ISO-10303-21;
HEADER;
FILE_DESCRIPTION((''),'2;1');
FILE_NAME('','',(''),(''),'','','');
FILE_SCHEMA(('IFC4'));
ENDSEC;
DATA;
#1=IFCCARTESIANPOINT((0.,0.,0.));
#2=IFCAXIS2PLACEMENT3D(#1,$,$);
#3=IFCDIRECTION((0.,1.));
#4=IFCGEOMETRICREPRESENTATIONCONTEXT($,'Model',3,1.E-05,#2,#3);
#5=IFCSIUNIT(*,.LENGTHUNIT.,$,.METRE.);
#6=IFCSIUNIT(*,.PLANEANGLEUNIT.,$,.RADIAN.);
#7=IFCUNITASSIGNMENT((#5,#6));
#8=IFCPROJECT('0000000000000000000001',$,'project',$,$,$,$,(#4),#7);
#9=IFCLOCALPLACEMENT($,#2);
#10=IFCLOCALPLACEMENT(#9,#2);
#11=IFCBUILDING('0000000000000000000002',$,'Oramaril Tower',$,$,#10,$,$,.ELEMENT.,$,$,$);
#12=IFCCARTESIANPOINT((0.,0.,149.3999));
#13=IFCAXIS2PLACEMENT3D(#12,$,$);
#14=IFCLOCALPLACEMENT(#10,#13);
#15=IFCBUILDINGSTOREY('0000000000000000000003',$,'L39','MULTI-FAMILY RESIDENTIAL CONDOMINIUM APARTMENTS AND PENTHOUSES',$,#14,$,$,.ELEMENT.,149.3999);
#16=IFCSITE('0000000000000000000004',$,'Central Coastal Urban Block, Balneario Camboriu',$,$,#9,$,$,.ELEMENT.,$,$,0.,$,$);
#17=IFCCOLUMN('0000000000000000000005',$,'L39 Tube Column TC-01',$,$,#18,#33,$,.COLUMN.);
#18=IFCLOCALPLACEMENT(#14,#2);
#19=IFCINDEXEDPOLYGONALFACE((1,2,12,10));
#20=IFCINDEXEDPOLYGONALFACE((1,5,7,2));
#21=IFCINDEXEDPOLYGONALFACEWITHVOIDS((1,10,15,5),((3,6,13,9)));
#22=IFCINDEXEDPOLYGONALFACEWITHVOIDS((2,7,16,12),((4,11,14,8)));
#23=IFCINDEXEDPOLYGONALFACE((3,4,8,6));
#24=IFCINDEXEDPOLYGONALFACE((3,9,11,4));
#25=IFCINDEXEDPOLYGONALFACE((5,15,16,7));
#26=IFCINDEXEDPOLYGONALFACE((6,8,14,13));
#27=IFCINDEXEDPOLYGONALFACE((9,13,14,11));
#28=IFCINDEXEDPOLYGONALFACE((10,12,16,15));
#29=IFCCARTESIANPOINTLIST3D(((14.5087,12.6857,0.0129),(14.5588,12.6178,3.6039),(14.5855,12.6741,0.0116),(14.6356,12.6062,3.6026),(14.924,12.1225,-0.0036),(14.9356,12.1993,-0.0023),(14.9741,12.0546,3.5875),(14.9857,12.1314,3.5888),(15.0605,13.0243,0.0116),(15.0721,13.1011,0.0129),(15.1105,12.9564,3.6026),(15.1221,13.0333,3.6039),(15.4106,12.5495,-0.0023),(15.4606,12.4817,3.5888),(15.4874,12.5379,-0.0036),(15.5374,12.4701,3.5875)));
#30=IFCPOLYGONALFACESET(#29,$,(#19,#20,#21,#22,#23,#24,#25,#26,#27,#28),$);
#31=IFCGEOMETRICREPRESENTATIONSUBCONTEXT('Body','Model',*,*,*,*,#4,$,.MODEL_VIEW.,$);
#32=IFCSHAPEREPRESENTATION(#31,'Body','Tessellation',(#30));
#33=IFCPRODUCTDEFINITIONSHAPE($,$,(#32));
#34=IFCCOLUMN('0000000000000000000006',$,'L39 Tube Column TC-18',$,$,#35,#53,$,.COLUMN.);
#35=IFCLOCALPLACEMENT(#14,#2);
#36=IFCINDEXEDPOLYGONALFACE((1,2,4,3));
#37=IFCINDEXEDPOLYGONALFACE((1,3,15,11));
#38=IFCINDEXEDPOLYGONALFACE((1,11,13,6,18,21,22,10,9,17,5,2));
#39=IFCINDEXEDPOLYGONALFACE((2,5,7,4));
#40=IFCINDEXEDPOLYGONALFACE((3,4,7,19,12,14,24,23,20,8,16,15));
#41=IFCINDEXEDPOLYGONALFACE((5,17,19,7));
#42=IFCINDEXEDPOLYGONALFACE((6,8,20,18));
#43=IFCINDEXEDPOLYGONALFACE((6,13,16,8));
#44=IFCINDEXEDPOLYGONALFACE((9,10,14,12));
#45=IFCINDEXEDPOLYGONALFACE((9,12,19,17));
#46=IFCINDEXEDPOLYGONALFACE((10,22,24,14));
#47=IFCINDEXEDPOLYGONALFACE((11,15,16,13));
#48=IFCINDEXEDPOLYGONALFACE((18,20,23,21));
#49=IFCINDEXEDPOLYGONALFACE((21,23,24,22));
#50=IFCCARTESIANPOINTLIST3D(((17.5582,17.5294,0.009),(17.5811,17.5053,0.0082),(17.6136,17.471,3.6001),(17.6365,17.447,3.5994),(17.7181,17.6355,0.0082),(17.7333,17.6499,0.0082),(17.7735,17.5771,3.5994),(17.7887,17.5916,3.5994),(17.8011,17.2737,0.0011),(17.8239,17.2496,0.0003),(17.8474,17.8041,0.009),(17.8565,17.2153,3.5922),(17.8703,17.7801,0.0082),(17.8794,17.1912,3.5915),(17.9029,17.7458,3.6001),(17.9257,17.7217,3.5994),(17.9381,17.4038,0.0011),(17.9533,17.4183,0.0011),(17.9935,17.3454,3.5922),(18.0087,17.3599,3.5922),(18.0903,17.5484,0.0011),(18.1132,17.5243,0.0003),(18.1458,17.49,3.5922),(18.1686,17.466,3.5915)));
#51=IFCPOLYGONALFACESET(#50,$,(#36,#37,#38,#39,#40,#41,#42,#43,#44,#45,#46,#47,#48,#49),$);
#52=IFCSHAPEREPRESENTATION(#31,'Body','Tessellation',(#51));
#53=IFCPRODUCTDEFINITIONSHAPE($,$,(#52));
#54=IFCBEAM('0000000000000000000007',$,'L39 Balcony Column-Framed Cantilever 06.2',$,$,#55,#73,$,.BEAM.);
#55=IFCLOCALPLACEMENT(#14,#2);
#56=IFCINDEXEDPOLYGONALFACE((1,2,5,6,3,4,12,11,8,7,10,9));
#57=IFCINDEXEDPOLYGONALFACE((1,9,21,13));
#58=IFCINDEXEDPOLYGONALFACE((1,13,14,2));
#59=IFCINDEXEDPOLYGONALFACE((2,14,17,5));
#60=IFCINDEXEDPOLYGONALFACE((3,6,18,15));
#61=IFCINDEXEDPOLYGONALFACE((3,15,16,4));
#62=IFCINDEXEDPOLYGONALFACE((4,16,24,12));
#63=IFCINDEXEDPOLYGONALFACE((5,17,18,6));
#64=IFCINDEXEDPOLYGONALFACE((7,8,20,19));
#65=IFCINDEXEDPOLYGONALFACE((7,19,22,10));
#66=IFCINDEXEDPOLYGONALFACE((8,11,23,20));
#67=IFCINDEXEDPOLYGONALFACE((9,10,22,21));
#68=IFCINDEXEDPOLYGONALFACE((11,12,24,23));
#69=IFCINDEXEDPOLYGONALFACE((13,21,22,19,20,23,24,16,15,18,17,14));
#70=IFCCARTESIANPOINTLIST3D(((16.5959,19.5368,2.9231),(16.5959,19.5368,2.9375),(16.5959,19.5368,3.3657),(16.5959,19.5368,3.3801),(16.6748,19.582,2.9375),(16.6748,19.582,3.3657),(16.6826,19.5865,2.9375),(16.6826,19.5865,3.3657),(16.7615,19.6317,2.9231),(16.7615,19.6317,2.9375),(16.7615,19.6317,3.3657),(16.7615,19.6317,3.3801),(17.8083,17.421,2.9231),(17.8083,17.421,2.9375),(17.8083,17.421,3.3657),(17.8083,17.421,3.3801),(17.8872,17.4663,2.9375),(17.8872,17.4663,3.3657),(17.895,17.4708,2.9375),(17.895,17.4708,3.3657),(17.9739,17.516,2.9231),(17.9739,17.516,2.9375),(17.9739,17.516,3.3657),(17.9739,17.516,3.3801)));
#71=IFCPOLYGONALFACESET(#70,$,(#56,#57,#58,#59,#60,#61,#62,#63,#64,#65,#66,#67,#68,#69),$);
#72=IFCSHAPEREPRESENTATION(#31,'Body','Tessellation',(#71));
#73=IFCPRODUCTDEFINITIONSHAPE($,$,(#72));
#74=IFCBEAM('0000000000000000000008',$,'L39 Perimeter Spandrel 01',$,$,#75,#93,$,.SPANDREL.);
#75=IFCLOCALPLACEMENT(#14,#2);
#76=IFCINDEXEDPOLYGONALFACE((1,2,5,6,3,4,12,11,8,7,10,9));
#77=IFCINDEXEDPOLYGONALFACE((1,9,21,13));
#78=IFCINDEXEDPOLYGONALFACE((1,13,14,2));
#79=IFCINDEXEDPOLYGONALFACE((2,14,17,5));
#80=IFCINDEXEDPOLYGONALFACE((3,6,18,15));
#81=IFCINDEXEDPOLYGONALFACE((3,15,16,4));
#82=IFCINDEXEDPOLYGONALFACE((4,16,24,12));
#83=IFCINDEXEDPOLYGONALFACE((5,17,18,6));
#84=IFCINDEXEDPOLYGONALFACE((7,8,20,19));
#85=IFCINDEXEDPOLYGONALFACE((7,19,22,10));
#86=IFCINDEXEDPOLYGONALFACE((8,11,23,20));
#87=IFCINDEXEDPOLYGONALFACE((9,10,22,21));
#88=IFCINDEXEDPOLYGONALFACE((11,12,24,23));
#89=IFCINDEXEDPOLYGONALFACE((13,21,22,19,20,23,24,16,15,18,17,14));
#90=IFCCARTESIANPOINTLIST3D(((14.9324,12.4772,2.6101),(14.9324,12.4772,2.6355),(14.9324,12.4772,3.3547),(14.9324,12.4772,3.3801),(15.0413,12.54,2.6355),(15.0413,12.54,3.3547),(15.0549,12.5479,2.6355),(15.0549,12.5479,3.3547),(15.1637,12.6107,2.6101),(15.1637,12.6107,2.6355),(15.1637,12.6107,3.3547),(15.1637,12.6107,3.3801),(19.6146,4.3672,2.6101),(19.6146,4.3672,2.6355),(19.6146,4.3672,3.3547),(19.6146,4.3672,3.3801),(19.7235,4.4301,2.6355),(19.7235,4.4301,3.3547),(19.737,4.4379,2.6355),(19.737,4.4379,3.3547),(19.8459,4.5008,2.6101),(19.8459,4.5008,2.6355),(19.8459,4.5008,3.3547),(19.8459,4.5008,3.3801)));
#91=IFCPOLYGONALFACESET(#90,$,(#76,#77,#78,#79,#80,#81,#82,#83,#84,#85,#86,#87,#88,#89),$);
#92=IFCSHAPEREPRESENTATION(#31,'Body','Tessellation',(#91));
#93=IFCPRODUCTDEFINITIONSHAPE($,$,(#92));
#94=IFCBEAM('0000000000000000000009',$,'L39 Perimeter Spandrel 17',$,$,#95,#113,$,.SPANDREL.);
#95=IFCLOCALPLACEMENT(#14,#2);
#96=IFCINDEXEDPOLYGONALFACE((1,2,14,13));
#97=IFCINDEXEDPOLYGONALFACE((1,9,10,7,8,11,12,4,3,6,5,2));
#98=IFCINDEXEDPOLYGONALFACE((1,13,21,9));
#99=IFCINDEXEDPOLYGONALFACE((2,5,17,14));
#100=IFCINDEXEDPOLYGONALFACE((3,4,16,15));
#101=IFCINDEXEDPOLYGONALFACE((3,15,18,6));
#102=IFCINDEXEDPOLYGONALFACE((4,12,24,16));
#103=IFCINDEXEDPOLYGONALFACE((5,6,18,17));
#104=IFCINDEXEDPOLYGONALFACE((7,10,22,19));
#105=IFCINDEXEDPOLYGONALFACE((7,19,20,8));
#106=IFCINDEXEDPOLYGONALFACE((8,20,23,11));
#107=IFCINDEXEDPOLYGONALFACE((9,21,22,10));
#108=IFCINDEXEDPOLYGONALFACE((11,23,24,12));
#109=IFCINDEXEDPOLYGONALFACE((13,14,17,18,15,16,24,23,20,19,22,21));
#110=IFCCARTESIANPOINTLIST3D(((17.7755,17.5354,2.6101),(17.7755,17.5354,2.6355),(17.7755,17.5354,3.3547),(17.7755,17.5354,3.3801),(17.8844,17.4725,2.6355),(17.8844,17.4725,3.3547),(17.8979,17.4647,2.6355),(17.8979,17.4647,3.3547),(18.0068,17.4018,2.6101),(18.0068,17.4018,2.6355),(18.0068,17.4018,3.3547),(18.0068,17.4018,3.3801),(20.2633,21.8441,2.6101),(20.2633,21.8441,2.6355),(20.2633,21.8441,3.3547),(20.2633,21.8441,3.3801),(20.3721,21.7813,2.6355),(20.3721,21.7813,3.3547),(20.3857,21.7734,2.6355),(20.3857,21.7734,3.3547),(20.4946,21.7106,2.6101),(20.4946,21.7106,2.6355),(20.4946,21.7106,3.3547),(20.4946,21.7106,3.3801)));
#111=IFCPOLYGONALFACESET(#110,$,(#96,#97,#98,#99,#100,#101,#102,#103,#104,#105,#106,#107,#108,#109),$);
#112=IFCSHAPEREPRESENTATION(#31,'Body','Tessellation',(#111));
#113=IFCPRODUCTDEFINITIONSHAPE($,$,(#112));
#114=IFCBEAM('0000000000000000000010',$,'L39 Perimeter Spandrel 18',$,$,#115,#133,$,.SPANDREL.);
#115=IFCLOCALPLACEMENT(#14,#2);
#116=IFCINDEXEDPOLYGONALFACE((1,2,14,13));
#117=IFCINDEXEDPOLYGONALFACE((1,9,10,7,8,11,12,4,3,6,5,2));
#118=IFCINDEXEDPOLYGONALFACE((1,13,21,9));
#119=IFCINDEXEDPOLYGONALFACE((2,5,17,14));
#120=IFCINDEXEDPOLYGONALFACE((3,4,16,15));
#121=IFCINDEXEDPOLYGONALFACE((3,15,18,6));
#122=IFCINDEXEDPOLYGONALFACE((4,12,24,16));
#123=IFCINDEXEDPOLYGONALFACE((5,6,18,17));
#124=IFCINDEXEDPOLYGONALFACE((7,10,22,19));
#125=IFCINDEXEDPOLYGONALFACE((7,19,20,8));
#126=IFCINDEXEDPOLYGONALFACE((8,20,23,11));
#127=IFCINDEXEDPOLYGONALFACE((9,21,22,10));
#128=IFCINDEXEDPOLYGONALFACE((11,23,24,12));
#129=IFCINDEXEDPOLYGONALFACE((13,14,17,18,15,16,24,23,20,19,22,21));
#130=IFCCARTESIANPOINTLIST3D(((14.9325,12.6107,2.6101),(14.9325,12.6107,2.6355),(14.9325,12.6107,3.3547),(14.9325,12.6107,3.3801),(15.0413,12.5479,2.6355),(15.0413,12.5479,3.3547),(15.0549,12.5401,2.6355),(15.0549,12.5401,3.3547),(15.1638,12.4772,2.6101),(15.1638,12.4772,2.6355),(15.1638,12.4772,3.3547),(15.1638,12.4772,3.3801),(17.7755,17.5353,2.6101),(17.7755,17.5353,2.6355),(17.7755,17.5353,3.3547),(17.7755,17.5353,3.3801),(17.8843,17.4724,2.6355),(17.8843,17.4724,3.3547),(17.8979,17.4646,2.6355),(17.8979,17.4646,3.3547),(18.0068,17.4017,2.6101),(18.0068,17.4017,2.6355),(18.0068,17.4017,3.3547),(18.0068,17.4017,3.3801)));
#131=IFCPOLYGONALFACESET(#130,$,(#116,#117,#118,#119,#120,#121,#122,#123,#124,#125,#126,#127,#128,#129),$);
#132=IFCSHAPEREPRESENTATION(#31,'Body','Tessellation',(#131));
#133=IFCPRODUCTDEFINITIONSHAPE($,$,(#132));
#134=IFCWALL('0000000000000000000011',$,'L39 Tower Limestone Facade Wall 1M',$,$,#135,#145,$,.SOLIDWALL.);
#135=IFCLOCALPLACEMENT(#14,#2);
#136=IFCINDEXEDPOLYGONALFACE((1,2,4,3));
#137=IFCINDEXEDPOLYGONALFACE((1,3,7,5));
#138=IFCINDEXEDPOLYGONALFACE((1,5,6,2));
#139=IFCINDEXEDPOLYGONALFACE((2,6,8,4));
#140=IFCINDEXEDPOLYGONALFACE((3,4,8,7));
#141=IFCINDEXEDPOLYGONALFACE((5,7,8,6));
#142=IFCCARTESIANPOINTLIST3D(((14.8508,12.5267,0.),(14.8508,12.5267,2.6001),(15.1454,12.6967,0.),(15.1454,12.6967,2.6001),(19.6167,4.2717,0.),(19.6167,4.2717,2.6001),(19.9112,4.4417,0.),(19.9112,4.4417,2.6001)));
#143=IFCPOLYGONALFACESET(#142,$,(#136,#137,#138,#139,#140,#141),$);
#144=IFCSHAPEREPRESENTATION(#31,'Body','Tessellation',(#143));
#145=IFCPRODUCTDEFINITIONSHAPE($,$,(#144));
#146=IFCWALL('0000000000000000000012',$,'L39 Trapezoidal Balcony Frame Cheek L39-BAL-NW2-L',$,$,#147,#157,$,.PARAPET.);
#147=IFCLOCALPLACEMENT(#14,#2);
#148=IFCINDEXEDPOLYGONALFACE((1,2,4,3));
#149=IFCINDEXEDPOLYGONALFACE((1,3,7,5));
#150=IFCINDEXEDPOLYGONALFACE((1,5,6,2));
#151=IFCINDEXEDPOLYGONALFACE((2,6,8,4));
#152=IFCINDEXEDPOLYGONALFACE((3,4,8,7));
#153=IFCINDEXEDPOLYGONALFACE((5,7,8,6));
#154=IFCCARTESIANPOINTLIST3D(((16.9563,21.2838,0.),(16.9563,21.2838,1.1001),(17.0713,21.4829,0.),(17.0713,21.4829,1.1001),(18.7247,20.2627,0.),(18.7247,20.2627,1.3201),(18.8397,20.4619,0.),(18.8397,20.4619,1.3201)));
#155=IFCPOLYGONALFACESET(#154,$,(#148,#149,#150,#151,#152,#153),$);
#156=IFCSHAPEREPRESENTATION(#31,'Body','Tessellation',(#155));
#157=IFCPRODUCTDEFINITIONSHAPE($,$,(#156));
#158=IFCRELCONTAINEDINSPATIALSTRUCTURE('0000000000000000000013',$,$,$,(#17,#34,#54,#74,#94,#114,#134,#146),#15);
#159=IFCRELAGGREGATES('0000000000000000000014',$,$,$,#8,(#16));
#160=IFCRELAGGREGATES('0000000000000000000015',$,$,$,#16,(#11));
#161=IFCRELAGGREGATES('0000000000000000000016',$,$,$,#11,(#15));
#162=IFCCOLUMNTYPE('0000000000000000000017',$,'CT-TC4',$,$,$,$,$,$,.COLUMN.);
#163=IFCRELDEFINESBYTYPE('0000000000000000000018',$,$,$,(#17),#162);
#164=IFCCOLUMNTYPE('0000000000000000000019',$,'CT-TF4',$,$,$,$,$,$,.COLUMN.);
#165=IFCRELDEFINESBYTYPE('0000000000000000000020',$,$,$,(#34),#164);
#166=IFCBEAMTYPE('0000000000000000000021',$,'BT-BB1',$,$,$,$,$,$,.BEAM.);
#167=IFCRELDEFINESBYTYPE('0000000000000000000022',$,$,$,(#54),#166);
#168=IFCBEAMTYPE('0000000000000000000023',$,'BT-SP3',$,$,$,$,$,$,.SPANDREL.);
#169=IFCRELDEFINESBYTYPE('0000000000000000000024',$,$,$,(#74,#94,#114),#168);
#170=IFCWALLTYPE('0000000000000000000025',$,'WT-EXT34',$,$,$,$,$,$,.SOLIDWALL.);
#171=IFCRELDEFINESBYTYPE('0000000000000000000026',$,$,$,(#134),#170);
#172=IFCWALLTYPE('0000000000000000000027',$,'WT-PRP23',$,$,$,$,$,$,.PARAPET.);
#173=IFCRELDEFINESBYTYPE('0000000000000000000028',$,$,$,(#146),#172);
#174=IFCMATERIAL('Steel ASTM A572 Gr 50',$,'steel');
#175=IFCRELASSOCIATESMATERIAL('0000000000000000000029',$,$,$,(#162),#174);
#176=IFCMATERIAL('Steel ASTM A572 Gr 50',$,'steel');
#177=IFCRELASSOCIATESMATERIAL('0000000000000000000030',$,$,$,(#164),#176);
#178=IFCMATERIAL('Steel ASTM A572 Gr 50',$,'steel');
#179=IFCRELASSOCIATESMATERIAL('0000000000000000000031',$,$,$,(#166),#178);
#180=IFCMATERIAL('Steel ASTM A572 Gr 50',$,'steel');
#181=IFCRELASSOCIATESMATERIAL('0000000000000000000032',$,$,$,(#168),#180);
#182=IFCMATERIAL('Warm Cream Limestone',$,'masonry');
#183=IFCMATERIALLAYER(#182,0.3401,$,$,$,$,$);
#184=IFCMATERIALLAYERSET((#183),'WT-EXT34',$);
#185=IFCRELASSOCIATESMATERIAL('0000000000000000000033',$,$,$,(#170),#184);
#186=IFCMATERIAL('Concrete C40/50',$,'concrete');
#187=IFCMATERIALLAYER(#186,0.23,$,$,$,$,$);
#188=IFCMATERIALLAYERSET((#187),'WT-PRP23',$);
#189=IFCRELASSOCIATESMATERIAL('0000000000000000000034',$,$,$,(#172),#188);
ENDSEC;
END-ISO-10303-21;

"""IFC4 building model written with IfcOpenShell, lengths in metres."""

from ifc_helpers import new_model, si_unit, direction, frame, frame_2d, origin, origin_2d, place, context, subcontext, project, spatial, polyline, rectangle, hollow_rectangle, i_section, outline, extrude, material, layer, layer_set, material_profile, profile_set, type_object, element, save


model = new_model("IFC4")

# Units and contexts
model_context = context("Model", 3, precision=1e-05, world=origin(), true_north=direction((0.0, 1.0)))
body_context = subcontext(model_context, "Body", "Model", "MODEL_VIEW")
ifc_project = project(units=[si_unit("LENGTHUNIT", "METRE"), si_unit("PLANEANGLEUNIT", "RADIAN")], contexts=[model_context])

# Site, building, storey
site_placement = place(None, origin())
site = spatial("IfcSite", under=ifc_project, at=site_placement, Name="Central Coastal Urban Block, Balneario Camboriu", CompositionType="ELEMENT", RefElevation=0.0)
building_placement = place(site_placement, origin())
building = spatial("IfcBuilding", under=site, at=building_placement, Name="Oramaril Tower", CompositionType="ELEMENT")
storey_placement = place(building_placement, frame((0.0, 0.0, 149.3999)))
storey = spatial("IfcBuildingStorey", under=building, at=storey_placement, Name="L39", Description="MULTI-FAMILY RESIDENTIAL CONDOMINIUM APARTMENTS AND PENTHOUSES", CompositionType="ELEMENT", Elevation=149.3999)

# Columns
ifc_material_1 = material(Name="Steel ASTM A572 Gr 50", Category="steel")
ifc_material_profile_1 = material_profile(ifc_material_1, hollow_rectangle(XDim=0.7, YDim=0.7, WallThickness=0.0549, at=origin_2d()), Name="BOX700X700X55")
ifc_profile_set_1 = profile_set([ifc_material_profile_1], Name="Steel ASTM A572 Gr 50")
column_type_1 = type_object("IfcColumnType", Name="CT-TC4", PredefinedType="COLUMN", material=ifc_profile_set_1)
column_1_placement = place(storey_placement, frame((14.998, 12.6118, 0.0046), z_axis=(0.013933, -0.018895, 0.999724), x_axis=(0.804837, 0.593495, 0.0)))
element("IfcColumn", 1, at=column_1_placement, inside=storey, type_object=column_type_1, Name="L39 Tube Column TC-01", PredefinedType="COLUMN", context=body_context, shape_type="SweptSolid", body=[
    extrude(hollow_rectangle(XDim=0.7, YDim=0.7, WallThickness=0.0549, at=origin_2d()), origin(), (0.0, 0.0, 1.0), 3.592),
])
ifc_material_2 = material(Name="Steel ASTM A572 Gr 50", Category="steel")
ifc_material_profile_2 = material_profile(ifc_material_2, i_section(OverallWidth=0.3989, OverallDepth=0.386, WebThickness=0.021, FlangeThickness=0.0332, at=origin_2d()), Name="W14X176")
ifc_profile_set_2 = profile_set([ifc_material_profile_2], Name="Steel ASTM A572 Gr 50")
column_type_2 = type_object("IfcColumnType", Name="CT-TF4", PredefinedType="COLUMN", material=ifc_profile_set_2)
column_2_placement = place(storey_placement, frame((17.8357, 17.5269, 0.0046), z_axis=(0.015429, -0.016244, 0.999749), x_axis=(0.725075, 0.68867, 0.0)))
element("IfcColumn", 2, at=column_2_placement, inside=storey, type_object=column_type_2, Name="L39 Tube Column TC-18", PredefinedType="COLUMN", context=body_context, shape_type="SweptSolid", body=[
    extrude(i_section(OverallWidth=0.3989, OverallDepth=0.386, WebThickness=0.021, FlangeThickness=0.0332, at=origin_2d()), origin(), (0.0, 0.0, 1.0), 3.592),
])

# Beams
ifc_material_3 = material(Name="Steel ASTM A572 Gr 50", Category="steel")
ifc_material_profile_3 = material_profile(ifc_material_3, i_section(OverallWidth=0.1909, OverallDepth=0.457, WebThickness=0.009, FlangeThickness=0.0144, at=origin_2d()), Name="W18X50")
ifc_profile_set_3 = profile_set([ifc_material_profile_3], Name="Steel ASTM A572 Gr 50")
beam_type_1 = type_object("IfcBeamType", Name="BT-BB1", PredefinedType="BEAM", material=ifc_profile_set_3)
beam_1_placement = place(storey_placement, frame((17.8911, 17.4685, 3.1516), z_axis=(-0.497195, 0.867639, 0.0), x_axis=(-0.867639, -0.497195, 0.0)))
element("IfcBeam", 3, at=beam_1_placement, inside=storey, type_object=beam_type_1, Name="L39 Balcony Column-Framed Cantilever 06.2", PredefinedType="BEAM", context=body_context, shape_type="SweptSolid", body=[
    extrude(i_section(OverallWidth=0.1909, OverallDepth=0.457, WebThickness=0.009, FlangeThickness=0.0144, at=origin_2d()), origin(), (0.0, 0.0, 1.0), 2.4385),
])
ifc_material_4 = material(Name="Steel ASTM A572 Gr 50", Category="steel")
ifc_material_profile_4 = material_profile(ifc_material_4, i_section(OverallWidth=0.2671, OverallDepth=0.77, WebThickness=0.0156, FlangeThickness=0.0254, at=origin_2d()), Name="W30X132")
ifc_profile_set_4 = profile_set([ifc_material_profile_4], Name="Steel ASTM A572 Gr 50")
beam_type_2 = type_object("IfcBeamType", Name="BT-SP3", PredefinedType="SPANDREL", material=ifc_profile_set_4)
beam_2_placement = place(storey_placement, frame((15.0481, 12.5439, 2.9951), z_axis=(0.499992, -0.86603, 0.0), x_axis=(0.86603, 0.499992, 0.0)))
element("IfcBeam", 4, at=beam_2_placement, inside=storey, type_object=beam_type_2, Name="L39 Perimeter Spandrel 01", PredefinedType="SPANDREL", context=body_context, shape_type="SweptSolid", body=[
    extrude(i_section(OverallWidth=0.2671, OverallDepth=0.77, WebThickness=0.0156, FlangeThickness=0.0254, at=origin_2d()), origin(), (0.0, 0.0, 1.0), 9.3645),
])
beam_3_placement = place(storey_placement, frame((20.3789, 21.7773, 2.9951), z_axis=(-0.500013, -0.866018, 0.0), x_axis=(0.866018, -0.500013, 0.0)))
element("IfcBeam", 5, at=beam_3_placement, inside=storey, type_object=beam_type_2, Name="L39 Perimeter Spandrel 17", PredefinedType="SPANDREL", context=body_context, shape_type="SweptSolid", body=[
    extrude(i_section(OverallWidth=0.2671, OverallDepth=0.77, WebThickness=0.0156, FlangeThickness=0.0254, at=origin_2d()), origin(), (0.0, 0.0, 1.0), 4.9753),
])
beam_4_placement = place(storey_placement, frame((17.8911, 17.4685, 2.9951), z_axis=(-0.499976, -0.866039, 0.0), x_axis=(0.866039, -0.499976, 0.0)))
element("IfcBeam", 6, at=beam_4_placement, inside=storey, type_object=beam_type_2, Name="L39 Perimeter Spandrel 18", PredefinedType="SPANDREL", context=body_context, shape_type="SweptSolid", body=[
    extrude(i_section(OverallWidth=0.2671, OverallDepth=0.77, WebThickness=0.0156, FlangeThickness=0.0254, at=origin_2d()), origin(), (0.0, 0.0, 1.0), 5.6863),
])

# Walls
ifc_material_5 = material(Name="Warm Cream Limestone", Category="masonry")
ifc_layer_1 = layer(ifc_material_5, 0.3401)
ifc_layer_set_1 = layer_set([ifc_layer_1], Name="WT-EXT34")
wall_type_1 = type_object("IfcWallType", Name="WT-EXT34", PredefinedType="SOLIDWALL", material=ifc_layer_set_1)
wall_1_placement = place(storey_placement, frame((14.998, 12.6118, 0.0), z_axis=(0.0, 0.0, 1.0), x_axis=(0.499982, -0.866036, 0.0)))
element("IfcWall", 7, at=wall_1_placement, inside=storey, type_object=wall_type_1, Name="L39 Tower Limestone Facade Wall 1M", PredefinedType="SOLIDWALL", context=body_context, shape_type="SweptSolid", body=[
    extrude(rectangle(XDim=9.532, YDim=0.3401, at=frame_2d((4.7661, 0.0))), origin(), (0.0, 0.0, 1.0), 2.6001),
])
ifc_material_6 = material(Name="Concrete C40/50", Category="concrete")
ifc_layer_2 = layer(ifc_material_6, 0.23)
ifc_layer_set_2 = layer_set([ifc_layer_2], Name="WT-PRP23")
wall_type_2 = type_object("IfcWallType", Name="WT-PRP23", PredefinedType="PARAPET", material=ifc_layer_set_2)
wall_2_placement = place(storey_placement, frame((18.7822, 20.3623, 0.0), z_axis=(0.0, 0.0, 1.0), x_axis=(-0.866012, 0.500023, 0.0)))
element("IfcWall", 8, at=wall_2_placement, inside=storey, type_object=wall_type_2, Name="L39 Trapezoidal Balcony Frame Cheek L39-BAL-NW2-L", PredefinedType="PARAPET", context=body_context, shape_type="SweptSolid", body=[
    extrude(outline(polyline([(0.0, 0.0), (2.042, 0.0), (2.042, 1.1001), (0.0, 1.3201), (0.0, 0.0)])), frame((0.0, 0.115, 0.0), z_axis=(0.0, -1.0, 0.0), x_axis=(1.0, 0.0, 0.0)), (0.0, 0.0, 1.0), 0.23),
])

save(model, "model.ifc")
